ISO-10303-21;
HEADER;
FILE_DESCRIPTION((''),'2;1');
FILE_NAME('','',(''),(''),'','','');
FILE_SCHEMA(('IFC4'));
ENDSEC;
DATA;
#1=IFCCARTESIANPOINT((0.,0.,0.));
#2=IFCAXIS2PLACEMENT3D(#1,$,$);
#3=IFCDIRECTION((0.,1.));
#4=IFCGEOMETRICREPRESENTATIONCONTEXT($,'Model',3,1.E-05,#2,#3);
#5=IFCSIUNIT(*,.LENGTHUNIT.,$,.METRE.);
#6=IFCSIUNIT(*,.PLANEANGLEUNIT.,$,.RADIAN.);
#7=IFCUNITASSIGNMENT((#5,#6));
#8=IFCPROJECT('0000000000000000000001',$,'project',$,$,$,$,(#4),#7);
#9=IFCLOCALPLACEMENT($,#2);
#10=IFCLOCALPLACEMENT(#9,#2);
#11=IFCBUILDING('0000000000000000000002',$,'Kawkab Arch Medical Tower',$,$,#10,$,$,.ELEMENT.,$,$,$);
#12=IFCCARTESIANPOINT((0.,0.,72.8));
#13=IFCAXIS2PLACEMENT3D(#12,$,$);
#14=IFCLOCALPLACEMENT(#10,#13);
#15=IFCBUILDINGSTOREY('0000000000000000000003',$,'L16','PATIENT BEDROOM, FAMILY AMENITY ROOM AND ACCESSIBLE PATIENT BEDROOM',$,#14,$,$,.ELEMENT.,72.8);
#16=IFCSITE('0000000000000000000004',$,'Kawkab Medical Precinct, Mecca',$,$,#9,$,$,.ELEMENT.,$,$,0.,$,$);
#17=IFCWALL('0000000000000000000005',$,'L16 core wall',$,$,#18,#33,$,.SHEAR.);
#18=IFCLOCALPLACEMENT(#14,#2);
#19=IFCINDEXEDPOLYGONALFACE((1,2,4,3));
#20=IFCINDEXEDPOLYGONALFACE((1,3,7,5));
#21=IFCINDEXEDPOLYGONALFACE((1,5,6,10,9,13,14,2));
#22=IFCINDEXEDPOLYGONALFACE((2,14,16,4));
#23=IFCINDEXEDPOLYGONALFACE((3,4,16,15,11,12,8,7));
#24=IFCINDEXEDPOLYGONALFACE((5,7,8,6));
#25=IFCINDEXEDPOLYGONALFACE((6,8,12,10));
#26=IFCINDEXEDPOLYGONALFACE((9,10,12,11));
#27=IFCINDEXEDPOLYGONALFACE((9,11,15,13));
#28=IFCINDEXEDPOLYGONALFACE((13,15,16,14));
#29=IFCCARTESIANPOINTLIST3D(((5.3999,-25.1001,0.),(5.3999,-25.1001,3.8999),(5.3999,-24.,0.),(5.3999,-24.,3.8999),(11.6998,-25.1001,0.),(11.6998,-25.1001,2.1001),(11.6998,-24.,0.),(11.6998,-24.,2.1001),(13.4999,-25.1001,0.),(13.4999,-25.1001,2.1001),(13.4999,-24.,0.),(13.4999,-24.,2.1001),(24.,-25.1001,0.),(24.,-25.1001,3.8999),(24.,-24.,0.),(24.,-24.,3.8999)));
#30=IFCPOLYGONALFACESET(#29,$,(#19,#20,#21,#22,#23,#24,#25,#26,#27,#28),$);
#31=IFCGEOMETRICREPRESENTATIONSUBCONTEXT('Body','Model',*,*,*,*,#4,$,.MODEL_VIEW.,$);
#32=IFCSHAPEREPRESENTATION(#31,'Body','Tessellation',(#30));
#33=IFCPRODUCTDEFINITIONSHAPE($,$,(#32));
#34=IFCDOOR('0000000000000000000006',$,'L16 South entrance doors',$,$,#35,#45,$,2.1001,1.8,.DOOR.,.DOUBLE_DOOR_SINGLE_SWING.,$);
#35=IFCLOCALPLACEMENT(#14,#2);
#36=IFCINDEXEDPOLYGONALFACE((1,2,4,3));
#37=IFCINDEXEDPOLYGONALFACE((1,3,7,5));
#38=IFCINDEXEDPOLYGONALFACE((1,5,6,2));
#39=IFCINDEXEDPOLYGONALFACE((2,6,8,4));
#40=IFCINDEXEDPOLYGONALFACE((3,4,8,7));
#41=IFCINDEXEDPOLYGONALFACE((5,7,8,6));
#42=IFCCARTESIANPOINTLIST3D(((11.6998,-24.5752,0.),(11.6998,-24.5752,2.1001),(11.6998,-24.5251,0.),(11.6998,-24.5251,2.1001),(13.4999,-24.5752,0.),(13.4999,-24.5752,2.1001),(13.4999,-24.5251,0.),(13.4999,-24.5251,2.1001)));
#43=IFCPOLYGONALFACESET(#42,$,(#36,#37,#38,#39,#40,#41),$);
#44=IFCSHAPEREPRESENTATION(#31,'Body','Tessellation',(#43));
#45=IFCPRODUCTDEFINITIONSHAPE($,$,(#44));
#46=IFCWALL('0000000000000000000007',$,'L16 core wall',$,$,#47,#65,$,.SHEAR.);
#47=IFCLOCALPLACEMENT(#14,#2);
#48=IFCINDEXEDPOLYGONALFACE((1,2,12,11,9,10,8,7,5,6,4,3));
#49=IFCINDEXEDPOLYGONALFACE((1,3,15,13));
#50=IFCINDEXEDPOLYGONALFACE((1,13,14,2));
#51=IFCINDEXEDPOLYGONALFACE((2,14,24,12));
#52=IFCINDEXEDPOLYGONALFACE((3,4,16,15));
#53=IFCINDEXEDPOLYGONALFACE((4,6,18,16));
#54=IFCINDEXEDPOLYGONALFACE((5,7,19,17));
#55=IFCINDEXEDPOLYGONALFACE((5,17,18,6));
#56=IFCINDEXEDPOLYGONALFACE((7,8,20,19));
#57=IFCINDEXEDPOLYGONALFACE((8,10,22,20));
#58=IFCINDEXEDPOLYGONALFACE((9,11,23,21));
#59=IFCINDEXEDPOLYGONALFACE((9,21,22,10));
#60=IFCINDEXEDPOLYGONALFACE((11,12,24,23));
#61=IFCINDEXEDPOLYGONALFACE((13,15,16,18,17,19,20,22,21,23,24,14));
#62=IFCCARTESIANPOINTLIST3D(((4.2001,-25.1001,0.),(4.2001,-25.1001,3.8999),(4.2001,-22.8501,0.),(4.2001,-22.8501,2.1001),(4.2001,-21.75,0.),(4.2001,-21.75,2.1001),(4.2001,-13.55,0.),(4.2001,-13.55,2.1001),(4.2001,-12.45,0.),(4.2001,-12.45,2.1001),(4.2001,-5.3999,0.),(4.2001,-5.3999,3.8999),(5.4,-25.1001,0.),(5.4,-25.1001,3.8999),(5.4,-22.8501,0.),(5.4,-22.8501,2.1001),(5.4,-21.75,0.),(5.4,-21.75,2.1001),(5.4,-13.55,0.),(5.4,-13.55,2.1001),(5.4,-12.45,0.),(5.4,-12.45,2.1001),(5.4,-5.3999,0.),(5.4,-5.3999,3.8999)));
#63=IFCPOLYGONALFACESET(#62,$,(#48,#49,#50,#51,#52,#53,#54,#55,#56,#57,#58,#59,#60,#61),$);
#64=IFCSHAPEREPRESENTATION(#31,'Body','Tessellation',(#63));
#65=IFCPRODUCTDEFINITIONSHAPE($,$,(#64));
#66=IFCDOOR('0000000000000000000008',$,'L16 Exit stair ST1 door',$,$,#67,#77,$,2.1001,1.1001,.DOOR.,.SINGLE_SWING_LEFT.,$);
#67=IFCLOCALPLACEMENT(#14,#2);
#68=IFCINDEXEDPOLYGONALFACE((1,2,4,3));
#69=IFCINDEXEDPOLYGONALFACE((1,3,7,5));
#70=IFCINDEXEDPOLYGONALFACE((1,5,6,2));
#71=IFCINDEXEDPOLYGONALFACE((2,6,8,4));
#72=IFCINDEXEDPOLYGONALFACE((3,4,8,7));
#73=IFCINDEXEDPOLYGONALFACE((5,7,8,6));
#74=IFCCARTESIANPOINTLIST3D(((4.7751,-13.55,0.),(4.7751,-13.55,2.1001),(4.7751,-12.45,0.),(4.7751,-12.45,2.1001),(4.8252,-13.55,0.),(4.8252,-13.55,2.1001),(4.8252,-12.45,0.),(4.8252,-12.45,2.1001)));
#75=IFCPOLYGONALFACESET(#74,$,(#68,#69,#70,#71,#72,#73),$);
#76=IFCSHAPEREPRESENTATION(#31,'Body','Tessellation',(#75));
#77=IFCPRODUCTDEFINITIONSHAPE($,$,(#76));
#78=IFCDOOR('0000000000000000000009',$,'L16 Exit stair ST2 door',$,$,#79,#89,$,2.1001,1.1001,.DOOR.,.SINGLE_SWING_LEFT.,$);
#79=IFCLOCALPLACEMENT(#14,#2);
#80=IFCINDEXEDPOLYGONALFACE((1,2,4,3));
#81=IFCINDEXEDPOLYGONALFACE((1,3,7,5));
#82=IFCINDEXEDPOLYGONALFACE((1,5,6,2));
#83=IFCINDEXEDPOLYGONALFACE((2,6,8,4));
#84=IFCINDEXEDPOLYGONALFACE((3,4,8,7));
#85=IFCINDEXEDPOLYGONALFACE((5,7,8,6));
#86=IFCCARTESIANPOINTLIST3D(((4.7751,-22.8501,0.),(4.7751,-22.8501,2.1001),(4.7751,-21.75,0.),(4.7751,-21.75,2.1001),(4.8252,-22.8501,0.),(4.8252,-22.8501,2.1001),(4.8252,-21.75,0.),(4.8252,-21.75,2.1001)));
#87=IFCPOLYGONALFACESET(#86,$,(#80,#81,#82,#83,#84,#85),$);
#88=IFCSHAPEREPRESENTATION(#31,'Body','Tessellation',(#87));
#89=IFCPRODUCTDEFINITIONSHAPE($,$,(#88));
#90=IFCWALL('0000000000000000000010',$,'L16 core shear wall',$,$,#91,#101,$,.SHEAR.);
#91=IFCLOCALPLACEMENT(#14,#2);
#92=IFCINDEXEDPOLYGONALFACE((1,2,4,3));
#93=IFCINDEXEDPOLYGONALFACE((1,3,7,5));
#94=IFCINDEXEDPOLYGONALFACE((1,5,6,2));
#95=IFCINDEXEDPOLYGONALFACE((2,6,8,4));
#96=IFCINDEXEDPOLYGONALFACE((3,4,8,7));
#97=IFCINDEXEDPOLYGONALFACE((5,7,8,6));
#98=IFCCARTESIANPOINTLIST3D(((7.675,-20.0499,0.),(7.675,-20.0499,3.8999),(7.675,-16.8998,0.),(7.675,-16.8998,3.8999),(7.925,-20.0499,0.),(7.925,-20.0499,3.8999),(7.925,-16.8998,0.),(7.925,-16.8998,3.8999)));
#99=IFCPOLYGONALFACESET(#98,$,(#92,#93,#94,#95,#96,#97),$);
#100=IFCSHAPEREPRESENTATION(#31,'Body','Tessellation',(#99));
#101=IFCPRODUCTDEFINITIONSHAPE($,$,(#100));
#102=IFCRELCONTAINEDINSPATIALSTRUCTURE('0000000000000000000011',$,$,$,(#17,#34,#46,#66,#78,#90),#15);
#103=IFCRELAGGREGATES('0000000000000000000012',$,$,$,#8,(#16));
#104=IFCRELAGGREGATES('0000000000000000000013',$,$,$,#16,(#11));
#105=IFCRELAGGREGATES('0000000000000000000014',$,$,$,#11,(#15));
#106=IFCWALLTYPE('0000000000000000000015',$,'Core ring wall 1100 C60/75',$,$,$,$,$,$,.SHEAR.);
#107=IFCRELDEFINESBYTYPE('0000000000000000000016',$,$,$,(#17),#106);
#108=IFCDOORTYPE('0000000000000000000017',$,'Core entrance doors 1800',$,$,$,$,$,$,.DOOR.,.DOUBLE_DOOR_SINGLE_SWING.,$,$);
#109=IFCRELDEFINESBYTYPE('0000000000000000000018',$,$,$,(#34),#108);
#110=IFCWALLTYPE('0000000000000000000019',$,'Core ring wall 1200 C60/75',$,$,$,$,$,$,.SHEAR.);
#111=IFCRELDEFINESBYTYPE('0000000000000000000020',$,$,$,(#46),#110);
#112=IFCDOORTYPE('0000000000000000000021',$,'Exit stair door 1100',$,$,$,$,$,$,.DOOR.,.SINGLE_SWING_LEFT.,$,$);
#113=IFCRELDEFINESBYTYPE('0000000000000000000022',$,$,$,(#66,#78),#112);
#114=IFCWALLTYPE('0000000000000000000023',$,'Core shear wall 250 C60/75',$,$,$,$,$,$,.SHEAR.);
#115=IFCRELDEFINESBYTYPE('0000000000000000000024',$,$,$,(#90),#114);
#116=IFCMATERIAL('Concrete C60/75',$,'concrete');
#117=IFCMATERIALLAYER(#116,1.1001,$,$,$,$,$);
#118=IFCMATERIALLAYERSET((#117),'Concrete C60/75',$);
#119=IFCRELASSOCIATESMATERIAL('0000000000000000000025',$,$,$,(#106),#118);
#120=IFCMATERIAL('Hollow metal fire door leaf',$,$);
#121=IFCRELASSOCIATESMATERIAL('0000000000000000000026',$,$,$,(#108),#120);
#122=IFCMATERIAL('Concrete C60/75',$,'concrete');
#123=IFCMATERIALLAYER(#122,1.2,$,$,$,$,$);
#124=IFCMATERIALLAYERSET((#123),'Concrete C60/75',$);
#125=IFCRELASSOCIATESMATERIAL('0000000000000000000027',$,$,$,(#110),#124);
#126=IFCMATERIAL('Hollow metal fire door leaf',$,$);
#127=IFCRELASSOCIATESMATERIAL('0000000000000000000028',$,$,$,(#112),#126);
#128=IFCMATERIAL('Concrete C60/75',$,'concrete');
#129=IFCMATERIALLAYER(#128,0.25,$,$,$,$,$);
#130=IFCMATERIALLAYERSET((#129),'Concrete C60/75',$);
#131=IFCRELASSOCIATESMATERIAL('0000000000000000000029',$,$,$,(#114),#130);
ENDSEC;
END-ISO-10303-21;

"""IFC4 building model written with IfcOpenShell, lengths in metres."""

from ifc_helpers import new_model, si_unit, direction, frame, frame_2d, origin, place, context, subcontext, project, spatial, rectangle, extrude, material, layer, layer_set, type_object, element, fill, save


model = new_model("IFC4")

# Units and contexts
model_context = context("Model", 3, precision=1e-05, world=origin(), true_north=direction((0.0, 1.0)))
body_context = subcontext(model_context, "Body", "Model", "MODEL_VIEW")
ifc_project = project(units=[si_unit("LENGTHUNIT", "METRE"), si_unit("PLANEANGLEUNIT", "RADIAN")], contexts=[model_context])

# Site, building, storey
site_placement = place(None, origin())
site = spatial("IfcSite", under=ifc_project, at=site_placement, Name="Kawkab Medical Precinct, Mecca", CompositionType="ELEMENT", RefElevation=0.0)
building_placement = place(site_placement, origin())
building = spatial("IfcBuilding", under=site, at=building_placement, Name="Kawkab Arch Medical Tower", CompositionType="ELEMENT")
storey_placement = place(building_placement, frame((0.0, 0.0, 72.8)))
storey = spatial("IfcBuildingStorey", under=building, at=storey_placement, Name="L16", Description="PATIENT BEDROOM, FAMILY AMENITY ROOM AND ACCESSIBLE PATIENT BEDROOM", CompositionType="ELEMENT", Elevation=72.8)

# Wall, opening, door
ifc_material_1 = material(Name="Concrete C60/75", Category="concrete")
ifc_layer_1 = layer(ifc_material_1, 1.1001)
ifc_layer_set_1 = layer_set([ifc_layer_1], Name="Concrete C60/75")
wall_type_1 = type_object("IfcWallType", Name="Core ring wall 1100 C60/75", PredefinedType="SHEAR", material=ifc_layer_set_1)
wall_1_placement = place(storey_placement, frame((5.3999, -24.55, 0.0), z_axis=(0.0, 0.0, 1.0), x_axis=(1.0, 0.0, 0.0)))
wall_1 = element("IfcWall", 1, at=wall_1_placement, inside=storey, type_object=wall_type_1, Name="L16 core wall", PredefinedType="SHEAR", context=body_context, shape_type="SweptSolid", body=[
    extrude(rectangle(XDim=18.6001, YDim=1.1001, at=frame_2d((9.3, 0.0))), origin(), (0.0, 0.0, 1.0), 3.8999),
])
opening_1_placement = place(wall_1_placement, frame((6.3, 0.0, 0.0)))
opening_1 = element("IfcOpeningElement", 2, at=opening_1_placement, cuts=wall_1, PredefinedType="OPENING", context=body_context, shape_type="SweptSolid", body=[
    extrude(rectangle(XDim=1.8, YDim=2.1001, at=frame_2d((0.8999, 1.05))), frame((0.0, 0.5601, 0.0), z_axis=(0.0, -1.0, 0.0), x_axis=(1.0, 0.0, 0.0)), (0.0, 0.0, 1.0), 1.1201),
])
ifc_material_2 = material(Name="Hollow metal fire door leaf")
door_type_1 = type_object("IfcDoorType", Name="Core entrance doors 1800", OperationType="DOUBLE_DOOR_SINGLE_SWING", PredefinedType="DOOR", material=ifc_material_2)
door_1_placement = place(opening_1_placement, origin())
door_1 = element("IfcDoor", 3, at=door_1_placement, inside=storey, type_object=door_type_1, Name="L16 South entrance doors", OperationType="DOUBLE_DOOR_SINGLE_SWING", OverallHeight=2.1001, OverallWidth=1.8, PredefinedType="DOOR", context=body_context, shape_type="SweptSolid", body=[
    extrude(rectangle(XDim=1.8, YDim=2.1001, at=frame_2d((0.8999, 1.05))), frame((0.0, 0.0249, 0.0), z_axis=(0.0, -1.0, 0.0), x_axis=(1.0, 0.0, 0.0)), (0.0, 0.0, 1.0), 0.05),
])
fill(opening_1, door_1)

# Wall, openings, doors
ifc_material_3 = material(Name="Concrete C60/75", Category="concrete")
ifc_layer_2 = layer(ifc_material_3, 1.2)
ifc_layer_set_2 = layer_set([ifc_layer_2], Name="Concrete C60/75")
wall_type_2 = type_object("IfcWallType", Name="Core ring wall 1200 C60/75", PredefinedType="SHEAR", material=ifc_layer_set_2)
wall_2_placement = place(storey_placement, frame((4.8, -25.1001, 0.0), z_axis=(0.0, 0.0, 1.0), x_axis=(0.0, 1.0, 0.0)))
wall_2 = element("IfcWall", 4, at=wall_2_placement, inside=storey, type_object=wall_type_2, Name="L16 core wall", PredefinedType="SHEAR", context=body_context, shape_type="SweptSolid", body=[
    extrude(rectangle(XDim=19.7002, YDim=1.2, at=frame_2d((9.8501, 0.0))), origin(), (0.0, 0.0, 1.0), 3.8999),
])
opening_2_placement = place(wall_2_placement, frame((11.55, 0.0, 0.0)))
opening_2 = element("IfcOpeningElement", 5, at=opening_2_placement, cuts=wall_2, PredefinedType="OPENING", context=body_context, shape_type="SweptSolid", body=[
    extrude(rectangle(XDim=1.1001, YDim=2.1001, at=frame_2d((0.55, 1.05))), frame((0.0, 0.6099, 0.0), z_axis=(0.0, -1.0, 0.0), x_axis=(1.0, 0.0, 0.0)), (0.0, 0.0, 1.0), 1.22),
])
opening_3_placement = place(wall_2_placement, frame((2.25, 0.0, 0.0)))
opening_3 = element("IfcOpeningElement", 6, at=opening_3_placement, cuts=wall_2, PredefinedType="OPENING", context=body_context, shape_type="SweptSolid", body=[
    extrude(rectangle(XDim=1.1001, YDim=2.1001, at=frame_2d((0.55, 1.05))), frame((0.0, 0.6099, 0.0), z_axis=(0.0, -1.0, 0.0), x_axis=(1.0, 0.0, 0.0)), (0.0, 0.0, 1.0), 1.22),
])
ifc_material_4 = material(Name="Hollow metal fire door leaf")
door_type_2 = type_object("IfcDoorType", Name="Exit stair door 1100", OperationType="SINGLE_SWING_LEFT", PredefinedType="DOOR", material=ifc_material_4)
door_2_placement = place(opening_2_placement, origin())
door_2 = element("IfcDoor", 7, at=door_2_placement, inside=storey, type_object=door_type_2, Name="L16 Exit stair ST1 door", OperationType="SINGLE_SWING_LEFT", OverallHeight=2.1001, OverallWidth=1.1001, PredefinedType="DOOR", context=body_context, shape_type="SweptSolid", body=[
    extrude(rectangle(XDim=1.1001, YDim=2.1001, at=frame_2d((0.55, 1.05))), frame((0.0, 0.0249, 0.0), z_axis=(0.0, -1.0, 0.0), x_axis=(1.0, 0.0, 0.0)), (0.0, 0.0, 1.0), 0.05),
])
fill(opening_2, door_2)
door_3_placement = place(opening_3_placement, origin())
door_3 = element("IfcDoor", 8, at=door_3_placement, inside=storey, type_object=door_type_2, Name="L16 Exit stair ST2 door", OperationType="SINGLE_SWING_LEFT", OverallHeight=2.1001, OverallWidth=1.1001, PredefinedType="DOOR", context=body_context, shape_type="SweptSolid", body=[
    extrude(rectangle(XDim=1.1001, YDim=2.1001, at=frame_2d((0.55, 1.05))), frame((0.0, 0.0249, 0.0), z_axis=(0.0, -1.0, 0.0), x_axis=(1.0, 0.0, 0.0)), (0.0, 0.0, 1.0), 0.05),
])
fill(opening_3, door_3)

# Wall
ifc_material_5 = material(Name="Concrete C60/75", Category="concrete")
ifc_layer_3 = layer(ifc_material_5, 0.25)
ifc_layer_set_3 = layer_set([ifc_layer_3], Name="Concrete C60/75")
wall_type_3 = type_object("IfcWallType", Name="Core shear wall 250 C60/75", PredefinedType="SHEAR", material=ifc_layer_set_3)
wall_3_placement = place(storey_placement, frame((7.8, -20.05, 0.0), z_axis=(0.0, 0.0, 1.0), x_axis=(0.0, 1.0, 0.0)))
element("IfcWall", 9, at=wall_3_placement, inside=storey, type_object=wall_type_3, Name="L16 core shear wall", PredefinedType="SHEAR", context=body_context, shape_type="SweptSolid", body=[
    extrude(rectangle(XDim=3.1501, YDim=0.25, at=frame_2d((1.5752, 0.0))), origin(), (0.0, 0.0, 1.0), 3.8999),
])

save(model, "model.ifc")
